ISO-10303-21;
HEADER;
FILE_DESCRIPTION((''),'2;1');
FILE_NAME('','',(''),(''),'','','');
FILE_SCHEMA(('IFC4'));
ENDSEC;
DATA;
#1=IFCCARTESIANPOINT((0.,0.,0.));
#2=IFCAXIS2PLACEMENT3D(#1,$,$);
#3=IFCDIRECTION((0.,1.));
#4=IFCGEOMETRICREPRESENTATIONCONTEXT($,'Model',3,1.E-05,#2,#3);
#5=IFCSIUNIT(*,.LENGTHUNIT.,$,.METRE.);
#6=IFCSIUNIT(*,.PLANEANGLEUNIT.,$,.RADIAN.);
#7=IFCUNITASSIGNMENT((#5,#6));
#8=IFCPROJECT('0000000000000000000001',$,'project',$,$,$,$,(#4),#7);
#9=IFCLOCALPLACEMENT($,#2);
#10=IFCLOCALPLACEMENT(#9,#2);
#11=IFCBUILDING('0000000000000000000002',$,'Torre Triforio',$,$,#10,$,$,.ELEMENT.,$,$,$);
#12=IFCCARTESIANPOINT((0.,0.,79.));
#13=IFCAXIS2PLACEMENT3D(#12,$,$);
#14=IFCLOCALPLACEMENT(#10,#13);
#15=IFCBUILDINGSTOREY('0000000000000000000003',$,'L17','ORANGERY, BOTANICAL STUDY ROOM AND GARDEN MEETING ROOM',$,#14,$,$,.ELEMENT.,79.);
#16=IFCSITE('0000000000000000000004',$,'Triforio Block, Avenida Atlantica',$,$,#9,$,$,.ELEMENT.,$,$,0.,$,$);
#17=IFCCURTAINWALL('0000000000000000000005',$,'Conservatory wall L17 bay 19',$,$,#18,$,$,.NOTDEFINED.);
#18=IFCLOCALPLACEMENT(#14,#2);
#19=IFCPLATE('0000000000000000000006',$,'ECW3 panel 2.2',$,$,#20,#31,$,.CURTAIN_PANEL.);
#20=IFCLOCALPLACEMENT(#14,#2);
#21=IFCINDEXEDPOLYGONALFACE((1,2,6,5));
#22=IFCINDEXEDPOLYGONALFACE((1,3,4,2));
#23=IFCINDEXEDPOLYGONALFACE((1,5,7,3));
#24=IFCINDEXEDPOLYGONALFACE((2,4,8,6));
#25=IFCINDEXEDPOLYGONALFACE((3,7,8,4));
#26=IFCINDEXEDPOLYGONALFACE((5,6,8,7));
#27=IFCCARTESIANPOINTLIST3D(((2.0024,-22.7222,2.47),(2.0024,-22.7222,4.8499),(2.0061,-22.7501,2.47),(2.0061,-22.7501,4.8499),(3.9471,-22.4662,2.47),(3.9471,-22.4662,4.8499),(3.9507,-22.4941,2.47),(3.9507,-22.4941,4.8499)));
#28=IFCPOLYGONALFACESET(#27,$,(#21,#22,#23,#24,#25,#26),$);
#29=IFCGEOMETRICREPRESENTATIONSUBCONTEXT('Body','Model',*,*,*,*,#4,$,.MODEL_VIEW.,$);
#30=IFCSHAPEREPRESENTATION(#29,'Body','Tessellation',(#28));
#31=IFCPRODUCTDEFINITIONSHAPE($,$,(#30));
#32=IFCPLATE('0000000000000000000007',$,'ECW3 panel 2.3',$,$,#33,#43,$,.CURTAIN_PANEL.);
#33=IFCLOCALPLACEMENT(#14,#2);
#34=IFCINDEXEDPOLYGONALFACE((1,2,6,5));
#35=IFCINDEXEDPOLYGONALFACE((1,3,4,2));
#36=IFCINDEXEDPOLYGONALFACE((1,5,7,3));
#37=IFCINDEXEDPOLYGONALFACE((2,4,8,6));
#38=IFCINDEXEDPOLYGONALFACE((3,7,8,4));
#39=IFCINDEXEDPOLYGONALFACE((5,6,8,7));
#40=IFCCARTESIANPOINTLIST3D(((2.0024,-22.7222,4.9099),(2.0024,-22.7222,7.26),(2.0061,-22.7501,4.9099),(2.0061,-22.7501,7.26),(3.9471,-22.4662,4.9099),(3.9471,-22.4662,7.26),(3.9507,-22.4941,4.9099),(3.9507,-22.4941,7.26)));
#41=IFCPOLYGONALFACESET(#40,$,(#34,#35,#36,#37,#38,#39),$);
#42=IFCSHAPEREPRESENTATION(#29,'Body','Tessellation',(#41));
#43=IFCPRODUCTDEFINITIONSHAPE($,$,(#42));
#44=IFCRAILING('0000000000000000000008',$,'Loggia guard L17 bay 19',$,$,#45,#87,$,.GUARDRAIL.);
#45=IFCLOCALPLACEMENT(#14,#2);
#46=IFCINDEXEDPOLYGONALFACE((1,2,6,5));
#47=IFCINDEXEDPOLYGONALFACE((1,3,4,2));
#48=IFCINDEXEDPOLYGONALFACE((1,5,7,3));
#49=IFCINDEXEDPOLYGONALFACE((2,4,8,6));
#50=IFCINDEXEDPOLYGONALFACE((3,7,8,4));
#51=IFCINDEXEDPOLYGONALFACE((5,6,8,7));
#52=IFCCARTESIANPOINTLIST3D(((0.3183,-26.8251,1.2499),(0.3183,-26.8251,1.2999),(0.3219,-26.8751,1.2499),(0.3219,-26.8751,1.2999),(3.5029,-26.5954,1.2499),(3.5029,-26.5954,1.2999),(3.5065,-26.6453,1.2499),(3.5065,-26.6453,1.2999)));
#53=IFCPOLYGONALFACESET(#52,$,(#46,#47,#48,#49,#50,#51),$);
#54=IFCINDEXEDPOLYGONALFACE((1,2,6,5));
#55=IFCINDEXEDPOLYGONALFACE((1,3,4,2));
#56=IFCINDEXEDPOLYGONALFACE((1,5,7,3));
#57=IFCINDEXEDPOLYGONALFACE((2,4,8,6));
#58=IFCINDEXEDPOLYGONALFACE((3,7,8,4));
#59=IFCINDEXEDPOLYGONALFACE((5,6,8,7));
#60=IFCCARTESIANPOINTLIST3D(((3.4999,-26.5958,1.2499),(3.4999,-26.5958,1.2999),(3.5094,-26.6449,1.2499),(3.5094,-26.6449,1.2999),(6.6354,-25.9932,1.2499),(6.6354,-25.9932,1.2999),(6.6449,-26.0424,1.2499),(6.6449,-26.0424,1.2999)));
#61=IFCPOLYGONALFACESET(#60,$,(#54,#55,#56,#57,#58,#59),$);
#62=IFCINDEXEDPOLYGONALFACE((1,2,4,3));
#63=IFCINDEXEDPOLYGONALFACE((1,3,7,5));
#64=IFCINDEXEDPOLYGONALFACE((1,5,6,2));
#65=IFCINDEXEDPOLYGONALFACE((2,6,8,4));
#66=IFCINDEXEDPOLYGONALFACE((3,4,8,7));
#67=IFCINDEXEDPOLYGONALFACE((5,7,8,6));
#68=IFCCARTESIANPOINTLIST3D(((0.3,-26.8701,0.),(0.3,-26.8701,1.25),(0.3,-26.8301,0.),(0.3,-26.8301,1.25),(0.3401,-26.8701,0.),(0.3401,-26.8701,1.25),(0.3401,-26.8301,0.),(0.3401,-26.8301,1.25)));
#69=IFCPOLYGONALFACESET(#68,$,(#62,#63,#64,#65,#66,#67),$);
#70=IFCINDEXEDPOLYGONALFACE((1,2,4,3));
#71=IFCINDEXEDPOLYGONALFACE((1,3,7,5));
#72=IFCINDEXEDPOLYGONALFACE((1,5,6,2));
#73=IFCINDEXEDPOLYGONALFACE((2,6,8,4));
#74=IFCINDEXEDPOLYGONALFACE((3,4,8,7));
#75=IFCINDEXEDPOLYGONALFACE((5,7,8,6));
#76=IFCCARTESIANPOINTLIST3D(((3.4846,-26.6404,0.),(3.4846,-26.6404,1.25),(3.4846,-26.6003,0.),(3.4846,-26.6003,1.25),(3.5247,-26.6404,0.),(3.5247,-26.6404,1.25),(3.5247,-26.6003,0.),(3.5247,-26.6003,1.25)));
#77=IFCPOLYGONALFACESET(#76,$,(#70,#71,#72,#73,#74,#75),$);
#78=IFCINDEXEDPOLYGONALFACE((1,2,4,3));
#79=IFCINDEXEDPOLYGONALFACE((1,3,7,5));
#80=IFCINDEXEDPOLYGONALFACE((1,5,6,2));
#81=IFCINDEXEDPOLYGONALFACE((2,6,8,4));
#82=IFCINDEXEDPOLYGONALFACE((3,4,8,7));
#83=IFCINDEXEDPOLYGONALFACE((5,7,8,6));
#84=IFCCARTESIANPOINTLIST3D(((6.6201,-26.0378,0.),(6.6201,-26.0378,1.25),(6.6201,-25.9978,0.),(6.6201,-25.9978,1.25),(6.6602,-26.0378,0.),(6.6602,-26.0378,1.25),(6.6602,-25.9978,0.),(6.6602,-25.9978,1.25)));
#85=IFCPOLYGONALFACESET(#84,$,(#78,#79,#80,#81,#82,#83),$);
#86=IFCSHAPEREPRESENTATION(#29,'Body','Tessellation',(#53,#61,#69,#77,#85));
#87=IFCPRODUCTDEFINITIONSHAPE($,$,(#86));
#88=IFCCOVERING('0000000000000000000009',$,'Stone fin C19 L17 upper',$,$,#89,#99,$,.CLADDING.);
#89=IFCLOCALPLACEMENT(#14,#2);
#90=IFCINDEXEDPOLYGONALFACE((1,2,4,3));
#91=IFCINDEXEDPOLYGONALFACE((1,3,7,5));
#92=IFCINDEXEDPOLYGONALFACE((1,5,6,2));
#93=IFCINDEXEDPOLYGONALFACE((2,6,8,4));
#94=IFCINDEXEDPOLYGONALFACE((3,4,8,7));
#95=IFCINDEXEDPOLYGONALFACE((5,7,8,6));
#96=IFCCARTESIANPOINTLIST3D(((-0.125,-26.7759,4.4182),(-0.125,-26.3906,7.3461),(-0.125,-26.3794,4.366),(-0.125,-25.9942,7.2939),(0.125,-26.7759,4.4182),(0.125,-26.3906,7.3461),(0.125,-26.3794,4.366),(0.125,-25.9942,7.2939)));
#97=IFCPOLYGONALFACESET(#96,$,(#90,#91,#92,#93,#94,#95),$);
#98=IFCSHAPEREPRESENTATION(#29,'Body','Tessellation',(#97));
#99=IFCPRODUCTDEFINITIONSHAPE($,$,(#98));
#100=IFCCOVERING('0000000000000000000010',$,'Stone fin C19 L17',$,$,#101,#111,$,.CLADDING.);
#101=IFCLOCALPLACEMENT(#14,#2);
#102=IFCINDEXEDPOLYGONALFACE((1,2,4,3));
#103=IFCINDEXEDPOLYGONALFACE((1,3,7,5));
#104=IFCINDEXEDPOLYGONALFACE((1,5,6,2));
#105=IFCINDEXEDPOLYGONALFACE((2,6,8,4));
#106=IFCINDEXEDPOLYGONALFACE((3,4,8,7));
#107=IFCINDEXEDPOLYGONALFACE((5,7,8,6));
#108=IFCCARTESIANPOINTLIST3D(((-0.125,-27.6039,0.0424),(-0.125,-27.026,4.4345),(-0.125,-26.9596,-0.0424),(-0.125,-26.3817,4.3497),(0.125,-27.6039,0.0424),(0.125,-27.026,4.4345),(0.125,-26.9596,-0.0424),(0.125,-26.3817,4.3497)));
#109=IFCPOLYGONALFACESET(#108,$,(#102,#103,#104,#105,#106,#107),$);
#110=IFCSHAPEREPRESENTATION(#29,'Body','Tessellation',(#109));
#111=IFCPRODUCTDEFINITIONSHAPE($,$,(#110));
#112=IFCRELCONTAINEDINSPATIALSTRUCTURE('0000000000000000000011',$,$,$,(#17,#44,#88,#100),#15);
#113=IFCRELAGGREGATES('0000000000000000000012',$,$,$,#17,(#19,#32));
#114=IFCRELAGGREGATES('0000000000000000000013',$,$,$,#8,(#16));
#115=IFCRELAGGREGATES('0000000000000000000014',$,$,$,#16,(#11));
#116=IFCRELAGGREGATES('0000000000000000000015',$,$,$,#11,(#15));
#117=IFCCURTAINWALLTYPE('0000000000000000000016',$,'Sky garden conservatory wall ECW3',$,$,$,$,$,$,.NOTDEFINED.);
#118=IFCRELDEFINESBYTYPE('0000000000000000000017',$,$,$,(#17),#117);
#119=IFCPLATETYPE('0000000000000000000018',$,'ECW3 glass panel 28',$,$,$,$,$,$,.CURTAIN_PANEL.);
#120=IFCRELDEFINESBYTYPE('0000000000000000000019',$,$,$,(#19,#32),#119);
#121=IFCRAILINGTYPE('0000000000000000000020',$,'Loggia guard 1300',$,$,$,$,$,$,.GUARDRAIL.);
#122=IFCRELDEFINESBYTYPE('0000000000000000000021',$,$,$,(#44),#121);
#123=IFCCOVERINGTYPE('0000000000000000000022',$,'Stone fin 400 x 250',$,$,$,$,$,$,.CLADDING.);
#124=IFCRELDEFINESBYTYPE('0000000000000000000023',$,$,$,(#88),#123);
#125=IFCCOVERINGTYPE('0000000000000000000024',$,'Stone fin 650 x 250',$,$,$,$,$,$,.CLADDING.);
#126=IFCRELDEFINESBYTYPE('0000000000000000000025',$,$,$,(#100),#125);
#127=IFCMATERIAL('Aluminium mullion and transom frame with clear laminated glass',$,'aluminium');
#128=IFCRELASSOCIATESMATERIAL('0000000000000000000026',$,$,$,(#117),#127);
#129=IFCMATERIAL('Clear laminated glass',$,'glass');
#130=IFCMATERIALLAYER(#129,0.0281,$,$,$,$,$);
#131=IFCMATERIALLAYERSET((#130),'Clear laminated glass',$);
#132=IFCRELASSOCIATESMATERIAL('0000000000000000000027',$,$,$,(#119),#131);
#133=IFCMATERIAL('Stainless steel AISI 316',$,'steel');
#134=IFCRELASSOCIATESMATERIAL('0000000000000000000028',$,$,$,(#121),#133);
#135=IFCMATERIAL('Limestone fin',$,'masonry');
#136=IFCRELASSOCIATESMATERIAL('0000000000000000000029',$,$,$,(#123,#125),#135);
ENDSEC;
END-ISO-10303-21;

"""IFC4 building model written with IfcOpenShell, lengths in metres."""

from ifc_helpers import new_model, si_unit, direction, frame, origin, origin_2d, place, context, subcontext, project, spatial, rectangle, extrude, material, layer, layer_set, material_profile, profile_set, type_object, element, aggregate, save


model = new_model("IFC4")

# Units and contexts
model_context = context("Model", 3, precision=1e-05, world=origin(), true_north=direction((0.0, 1.0)))
body_context = subcontext(model_context, "Body", "Model", "MODEL_VIEW")
ifc_project = project(units=[si_unit("LENGTHUNIT", "METRE"), si_unit("PLANEANGLEUNIT", "RADIAN")], contexts=[model_context])

# Site, building, storey
site_placement = place(None, origin())
site = spatial("IfcSite", under=ifc_project, at=site_placement, Name="Triforio Block, Avenida Atlantica", CompositionType="ELEMENT", RefElevation=0.0)
building_placement = place(site_placement, origin())
building = spatial("IfcBuilding", under=site, at=building_placement, Name="Torre Triforio", CompositionType="ELEMENT")
storey_placement = place(building_placement, frame((0.0, 0.0, 79.0)))
storey = spatial("IfcBuildingStorey", under=building, at=storey_placement, Name="L17", Description="ORANGERY, BOTANICAL STUDY ROOM AND GARDEN MEETING ROOM", CompositionType="ELEMENT", Elevation=79.0)

# Curtain wall, plates
ifc_material_1 = material(Name="Aluminium mullion and transom frame with clear laminated glass", Category="aluminium")
curtain_wall_type = type_object("IfcCurtainWallType", Name="Sky garden conservatory wall ECW3", PredefinedType="NOTDEFINED", material=ifc_material_1)
curtain_wall_placement = place(storey_placement, origin())
curtain_wall = element("IfcCurtainWall", 1, at=curtain_wall_placement, inside=storey, type_object=curtain_wall_type, Name="Conservatory wall L17 bay 19", PredefinedType="NOTDEFINED")
ifc_material_2 = material(Name="Clear laminated glass", Category="glass")
ifc_layer = layer(ifc_material_2, 0.0281)
ifc_layer_set = layer_set([ifc_layer], Name="Clear laminated glass")
plate_type = type_object("IfcPlateType", Name="ECW3 glass panel 28", PredefinedType="CURTAIN_PANEL", material=ifc_layer_set)
plate_1_placement = place(storey_placement, frame((2.9766, -22.6082, 2.47), z_axis=(0.0, 0.0, 1.0), x_axis=(0.991446, 0.130521, 0.0)))
plate_1 = element("IfcPlate", 2, at=plate_1_placement, type_object=plate_type, Name="ECW3 panel 2.2", PredefinedType="CURTAIN_PANEL", context=body_context, shape_type="SweptSolid", body=[
    extrude(rectangle(XDim=1.9614, YDim=0.0281, at=origin_2d()), origin(), (0.0, 0.0, 1.0), 2.3799),
])
plate_2_placement = place(storey_placement, frame((2.9766, -22.6082, 4.9099), z_axis=(0.0, 0.0, 1.0), x_axis=(0.991446, 0.130521, 0.0)))
plate_2 = element("IfcPlate", 3, at=plate_2_placement, type_object=plate_type, Name="ECW3 panel 2.3", PredefinedType="CURTAIN_PANEL", context=body_context, shape_type="SweptSolid", body=[
    extrude(rectangle(XDim=1.9614, YDim=0.0281, at=origin_2d()), origin(), (0.0, 0.0, 1.0), 2.3501),
])
aggregate(curtain_wall, [plate_1, plate_2])

# Railing
ifc_material_3 = material(Name="Stainless steel AISI 316", Category="steel")
railing_type = type_object("IfcRailingType", Name="Loggia guard 1300", PredefinedType="GUARDRAIL", material=ifc_material_3)
railing_placement = place(storey_placement, frame((0.3201, -26.8501, 0.0)))
element("IfcRailing", 4, at=railing_placement, inside=storey, type_object=railing_type, Name="Loggia guard L17 bay 19", PredefinedType="GUARDRAIL", context=body_context, shape_type="SweptSolid", body=[
    extrude(rectangle(XDim=0.05, YDim=0.05, at=origin_2d()), frame((0.0, 0.0, 1.2749), z_axis=(0.997408, 0.071953, 0.0), x_axis=(-0.071953, 0.997408, 0.0)), (0.0, 0.0, 1.0), 3.1929),
    extrude(rectangle(XDim=0.05, YDim=0.05, at=origin_2d()), frame((3.1846, 0.2297, 1.2749), z_axis=(0.982032, 0.188714, 0.0), x_axis=(-0.188714, 0.982032, 0.0)), (0.0, 0.0, 1.0), 3.1929),
    extrude(rectangle(XDim=0.04, YDim=0.04, at=origin_2d()), origin(), (0.0, 0.0, 1.0), 1.25),
    extrude(rectangle(XDim=0.04, YDim=0.04, at=origin_2d()), frame((3.1846, 0.2297, 0.0)), (0.0, 0.0, 1.0), 1.25),
    extrude(rectangle(XDim=0.04, YDim=0.04, at=origin_2d()), frame((6.3201, 0.8323, 0.0)), (0.0, 0.0, 1.0), 1.25),
])

# Coverings
ifc_material_4 = material(Name="Limestone fin", Category="masonry")
ifc_material_profile_1 = material_profile(ifc_material_4, rectangle(XDim=0.3999, YDim=0.25, at=origin_2d()), Name="FIN 400x250")
ifc_profile_set_1 = profile_set([ifc_material_profile_1], Name="Limestone fin")
covering_type_1 = type_object("IfcCoveringType", Name="Stone fin 400 x 250", PredefinedType="CLADDING", material=ifc_profile_set_1)
covering_1_placement = place(storey_placement, frame((0.0, -26.5776, 4.3921), z_axis=(0.0, 0.130452, 0.991455), x_axis=(0.0, -0.991455, 0.130452)))
element("IfcCovering", 5, at=covering_1_placement, inside=storey, type_object=covering_type_1, Name="Stone fin C19 L17 upper", PredefinedType="CLADDING", context=body_context, shape_type="SweptSolid", body=[
    extrude(rectangle(XDim=0.3999, YDim=0.25, at=origin_2d()), origin(), (0.0, 0.0, 1.0), 2.9531),
])
ifc_material_profile_2 = material_profile(ifc_material_4, rectangle(XDim=0.6499, YDim=0.25, at=origin_2d()), Name="FIN 650x250")
ifc_profile_set_2 = profile_set([ifc_material_profile_2], Name="Limestone fin")
covering_type_2 = type_object("IfcCoveringType", Name="Stone fin 650 x 250", PredefinedType="CLADDING", material=ifc_profile_set_2)
covering_2_placement = place(storey_placement, frame((0.0, -27.2817, 0.0), z_axis=(0.0, 0.130449, 0.991455), x_axis=(0.0, -0.991455, 0.130449)))
element("IfcCovering", 6, at=covering_2_placement, inside=storey, type_object=covering_type_2, Name="Stone fin C19 L17", PredefinedType="CLADDING", context=body_context, shape_type="SweptSolid", body=[
    extrude(rectangle(XDim=0.6499, YDim=0.25, at=origin_2d()), origin(), (0.0, 0.0, 1.0), 4.4299),
])

save(model, "model.ifc")
